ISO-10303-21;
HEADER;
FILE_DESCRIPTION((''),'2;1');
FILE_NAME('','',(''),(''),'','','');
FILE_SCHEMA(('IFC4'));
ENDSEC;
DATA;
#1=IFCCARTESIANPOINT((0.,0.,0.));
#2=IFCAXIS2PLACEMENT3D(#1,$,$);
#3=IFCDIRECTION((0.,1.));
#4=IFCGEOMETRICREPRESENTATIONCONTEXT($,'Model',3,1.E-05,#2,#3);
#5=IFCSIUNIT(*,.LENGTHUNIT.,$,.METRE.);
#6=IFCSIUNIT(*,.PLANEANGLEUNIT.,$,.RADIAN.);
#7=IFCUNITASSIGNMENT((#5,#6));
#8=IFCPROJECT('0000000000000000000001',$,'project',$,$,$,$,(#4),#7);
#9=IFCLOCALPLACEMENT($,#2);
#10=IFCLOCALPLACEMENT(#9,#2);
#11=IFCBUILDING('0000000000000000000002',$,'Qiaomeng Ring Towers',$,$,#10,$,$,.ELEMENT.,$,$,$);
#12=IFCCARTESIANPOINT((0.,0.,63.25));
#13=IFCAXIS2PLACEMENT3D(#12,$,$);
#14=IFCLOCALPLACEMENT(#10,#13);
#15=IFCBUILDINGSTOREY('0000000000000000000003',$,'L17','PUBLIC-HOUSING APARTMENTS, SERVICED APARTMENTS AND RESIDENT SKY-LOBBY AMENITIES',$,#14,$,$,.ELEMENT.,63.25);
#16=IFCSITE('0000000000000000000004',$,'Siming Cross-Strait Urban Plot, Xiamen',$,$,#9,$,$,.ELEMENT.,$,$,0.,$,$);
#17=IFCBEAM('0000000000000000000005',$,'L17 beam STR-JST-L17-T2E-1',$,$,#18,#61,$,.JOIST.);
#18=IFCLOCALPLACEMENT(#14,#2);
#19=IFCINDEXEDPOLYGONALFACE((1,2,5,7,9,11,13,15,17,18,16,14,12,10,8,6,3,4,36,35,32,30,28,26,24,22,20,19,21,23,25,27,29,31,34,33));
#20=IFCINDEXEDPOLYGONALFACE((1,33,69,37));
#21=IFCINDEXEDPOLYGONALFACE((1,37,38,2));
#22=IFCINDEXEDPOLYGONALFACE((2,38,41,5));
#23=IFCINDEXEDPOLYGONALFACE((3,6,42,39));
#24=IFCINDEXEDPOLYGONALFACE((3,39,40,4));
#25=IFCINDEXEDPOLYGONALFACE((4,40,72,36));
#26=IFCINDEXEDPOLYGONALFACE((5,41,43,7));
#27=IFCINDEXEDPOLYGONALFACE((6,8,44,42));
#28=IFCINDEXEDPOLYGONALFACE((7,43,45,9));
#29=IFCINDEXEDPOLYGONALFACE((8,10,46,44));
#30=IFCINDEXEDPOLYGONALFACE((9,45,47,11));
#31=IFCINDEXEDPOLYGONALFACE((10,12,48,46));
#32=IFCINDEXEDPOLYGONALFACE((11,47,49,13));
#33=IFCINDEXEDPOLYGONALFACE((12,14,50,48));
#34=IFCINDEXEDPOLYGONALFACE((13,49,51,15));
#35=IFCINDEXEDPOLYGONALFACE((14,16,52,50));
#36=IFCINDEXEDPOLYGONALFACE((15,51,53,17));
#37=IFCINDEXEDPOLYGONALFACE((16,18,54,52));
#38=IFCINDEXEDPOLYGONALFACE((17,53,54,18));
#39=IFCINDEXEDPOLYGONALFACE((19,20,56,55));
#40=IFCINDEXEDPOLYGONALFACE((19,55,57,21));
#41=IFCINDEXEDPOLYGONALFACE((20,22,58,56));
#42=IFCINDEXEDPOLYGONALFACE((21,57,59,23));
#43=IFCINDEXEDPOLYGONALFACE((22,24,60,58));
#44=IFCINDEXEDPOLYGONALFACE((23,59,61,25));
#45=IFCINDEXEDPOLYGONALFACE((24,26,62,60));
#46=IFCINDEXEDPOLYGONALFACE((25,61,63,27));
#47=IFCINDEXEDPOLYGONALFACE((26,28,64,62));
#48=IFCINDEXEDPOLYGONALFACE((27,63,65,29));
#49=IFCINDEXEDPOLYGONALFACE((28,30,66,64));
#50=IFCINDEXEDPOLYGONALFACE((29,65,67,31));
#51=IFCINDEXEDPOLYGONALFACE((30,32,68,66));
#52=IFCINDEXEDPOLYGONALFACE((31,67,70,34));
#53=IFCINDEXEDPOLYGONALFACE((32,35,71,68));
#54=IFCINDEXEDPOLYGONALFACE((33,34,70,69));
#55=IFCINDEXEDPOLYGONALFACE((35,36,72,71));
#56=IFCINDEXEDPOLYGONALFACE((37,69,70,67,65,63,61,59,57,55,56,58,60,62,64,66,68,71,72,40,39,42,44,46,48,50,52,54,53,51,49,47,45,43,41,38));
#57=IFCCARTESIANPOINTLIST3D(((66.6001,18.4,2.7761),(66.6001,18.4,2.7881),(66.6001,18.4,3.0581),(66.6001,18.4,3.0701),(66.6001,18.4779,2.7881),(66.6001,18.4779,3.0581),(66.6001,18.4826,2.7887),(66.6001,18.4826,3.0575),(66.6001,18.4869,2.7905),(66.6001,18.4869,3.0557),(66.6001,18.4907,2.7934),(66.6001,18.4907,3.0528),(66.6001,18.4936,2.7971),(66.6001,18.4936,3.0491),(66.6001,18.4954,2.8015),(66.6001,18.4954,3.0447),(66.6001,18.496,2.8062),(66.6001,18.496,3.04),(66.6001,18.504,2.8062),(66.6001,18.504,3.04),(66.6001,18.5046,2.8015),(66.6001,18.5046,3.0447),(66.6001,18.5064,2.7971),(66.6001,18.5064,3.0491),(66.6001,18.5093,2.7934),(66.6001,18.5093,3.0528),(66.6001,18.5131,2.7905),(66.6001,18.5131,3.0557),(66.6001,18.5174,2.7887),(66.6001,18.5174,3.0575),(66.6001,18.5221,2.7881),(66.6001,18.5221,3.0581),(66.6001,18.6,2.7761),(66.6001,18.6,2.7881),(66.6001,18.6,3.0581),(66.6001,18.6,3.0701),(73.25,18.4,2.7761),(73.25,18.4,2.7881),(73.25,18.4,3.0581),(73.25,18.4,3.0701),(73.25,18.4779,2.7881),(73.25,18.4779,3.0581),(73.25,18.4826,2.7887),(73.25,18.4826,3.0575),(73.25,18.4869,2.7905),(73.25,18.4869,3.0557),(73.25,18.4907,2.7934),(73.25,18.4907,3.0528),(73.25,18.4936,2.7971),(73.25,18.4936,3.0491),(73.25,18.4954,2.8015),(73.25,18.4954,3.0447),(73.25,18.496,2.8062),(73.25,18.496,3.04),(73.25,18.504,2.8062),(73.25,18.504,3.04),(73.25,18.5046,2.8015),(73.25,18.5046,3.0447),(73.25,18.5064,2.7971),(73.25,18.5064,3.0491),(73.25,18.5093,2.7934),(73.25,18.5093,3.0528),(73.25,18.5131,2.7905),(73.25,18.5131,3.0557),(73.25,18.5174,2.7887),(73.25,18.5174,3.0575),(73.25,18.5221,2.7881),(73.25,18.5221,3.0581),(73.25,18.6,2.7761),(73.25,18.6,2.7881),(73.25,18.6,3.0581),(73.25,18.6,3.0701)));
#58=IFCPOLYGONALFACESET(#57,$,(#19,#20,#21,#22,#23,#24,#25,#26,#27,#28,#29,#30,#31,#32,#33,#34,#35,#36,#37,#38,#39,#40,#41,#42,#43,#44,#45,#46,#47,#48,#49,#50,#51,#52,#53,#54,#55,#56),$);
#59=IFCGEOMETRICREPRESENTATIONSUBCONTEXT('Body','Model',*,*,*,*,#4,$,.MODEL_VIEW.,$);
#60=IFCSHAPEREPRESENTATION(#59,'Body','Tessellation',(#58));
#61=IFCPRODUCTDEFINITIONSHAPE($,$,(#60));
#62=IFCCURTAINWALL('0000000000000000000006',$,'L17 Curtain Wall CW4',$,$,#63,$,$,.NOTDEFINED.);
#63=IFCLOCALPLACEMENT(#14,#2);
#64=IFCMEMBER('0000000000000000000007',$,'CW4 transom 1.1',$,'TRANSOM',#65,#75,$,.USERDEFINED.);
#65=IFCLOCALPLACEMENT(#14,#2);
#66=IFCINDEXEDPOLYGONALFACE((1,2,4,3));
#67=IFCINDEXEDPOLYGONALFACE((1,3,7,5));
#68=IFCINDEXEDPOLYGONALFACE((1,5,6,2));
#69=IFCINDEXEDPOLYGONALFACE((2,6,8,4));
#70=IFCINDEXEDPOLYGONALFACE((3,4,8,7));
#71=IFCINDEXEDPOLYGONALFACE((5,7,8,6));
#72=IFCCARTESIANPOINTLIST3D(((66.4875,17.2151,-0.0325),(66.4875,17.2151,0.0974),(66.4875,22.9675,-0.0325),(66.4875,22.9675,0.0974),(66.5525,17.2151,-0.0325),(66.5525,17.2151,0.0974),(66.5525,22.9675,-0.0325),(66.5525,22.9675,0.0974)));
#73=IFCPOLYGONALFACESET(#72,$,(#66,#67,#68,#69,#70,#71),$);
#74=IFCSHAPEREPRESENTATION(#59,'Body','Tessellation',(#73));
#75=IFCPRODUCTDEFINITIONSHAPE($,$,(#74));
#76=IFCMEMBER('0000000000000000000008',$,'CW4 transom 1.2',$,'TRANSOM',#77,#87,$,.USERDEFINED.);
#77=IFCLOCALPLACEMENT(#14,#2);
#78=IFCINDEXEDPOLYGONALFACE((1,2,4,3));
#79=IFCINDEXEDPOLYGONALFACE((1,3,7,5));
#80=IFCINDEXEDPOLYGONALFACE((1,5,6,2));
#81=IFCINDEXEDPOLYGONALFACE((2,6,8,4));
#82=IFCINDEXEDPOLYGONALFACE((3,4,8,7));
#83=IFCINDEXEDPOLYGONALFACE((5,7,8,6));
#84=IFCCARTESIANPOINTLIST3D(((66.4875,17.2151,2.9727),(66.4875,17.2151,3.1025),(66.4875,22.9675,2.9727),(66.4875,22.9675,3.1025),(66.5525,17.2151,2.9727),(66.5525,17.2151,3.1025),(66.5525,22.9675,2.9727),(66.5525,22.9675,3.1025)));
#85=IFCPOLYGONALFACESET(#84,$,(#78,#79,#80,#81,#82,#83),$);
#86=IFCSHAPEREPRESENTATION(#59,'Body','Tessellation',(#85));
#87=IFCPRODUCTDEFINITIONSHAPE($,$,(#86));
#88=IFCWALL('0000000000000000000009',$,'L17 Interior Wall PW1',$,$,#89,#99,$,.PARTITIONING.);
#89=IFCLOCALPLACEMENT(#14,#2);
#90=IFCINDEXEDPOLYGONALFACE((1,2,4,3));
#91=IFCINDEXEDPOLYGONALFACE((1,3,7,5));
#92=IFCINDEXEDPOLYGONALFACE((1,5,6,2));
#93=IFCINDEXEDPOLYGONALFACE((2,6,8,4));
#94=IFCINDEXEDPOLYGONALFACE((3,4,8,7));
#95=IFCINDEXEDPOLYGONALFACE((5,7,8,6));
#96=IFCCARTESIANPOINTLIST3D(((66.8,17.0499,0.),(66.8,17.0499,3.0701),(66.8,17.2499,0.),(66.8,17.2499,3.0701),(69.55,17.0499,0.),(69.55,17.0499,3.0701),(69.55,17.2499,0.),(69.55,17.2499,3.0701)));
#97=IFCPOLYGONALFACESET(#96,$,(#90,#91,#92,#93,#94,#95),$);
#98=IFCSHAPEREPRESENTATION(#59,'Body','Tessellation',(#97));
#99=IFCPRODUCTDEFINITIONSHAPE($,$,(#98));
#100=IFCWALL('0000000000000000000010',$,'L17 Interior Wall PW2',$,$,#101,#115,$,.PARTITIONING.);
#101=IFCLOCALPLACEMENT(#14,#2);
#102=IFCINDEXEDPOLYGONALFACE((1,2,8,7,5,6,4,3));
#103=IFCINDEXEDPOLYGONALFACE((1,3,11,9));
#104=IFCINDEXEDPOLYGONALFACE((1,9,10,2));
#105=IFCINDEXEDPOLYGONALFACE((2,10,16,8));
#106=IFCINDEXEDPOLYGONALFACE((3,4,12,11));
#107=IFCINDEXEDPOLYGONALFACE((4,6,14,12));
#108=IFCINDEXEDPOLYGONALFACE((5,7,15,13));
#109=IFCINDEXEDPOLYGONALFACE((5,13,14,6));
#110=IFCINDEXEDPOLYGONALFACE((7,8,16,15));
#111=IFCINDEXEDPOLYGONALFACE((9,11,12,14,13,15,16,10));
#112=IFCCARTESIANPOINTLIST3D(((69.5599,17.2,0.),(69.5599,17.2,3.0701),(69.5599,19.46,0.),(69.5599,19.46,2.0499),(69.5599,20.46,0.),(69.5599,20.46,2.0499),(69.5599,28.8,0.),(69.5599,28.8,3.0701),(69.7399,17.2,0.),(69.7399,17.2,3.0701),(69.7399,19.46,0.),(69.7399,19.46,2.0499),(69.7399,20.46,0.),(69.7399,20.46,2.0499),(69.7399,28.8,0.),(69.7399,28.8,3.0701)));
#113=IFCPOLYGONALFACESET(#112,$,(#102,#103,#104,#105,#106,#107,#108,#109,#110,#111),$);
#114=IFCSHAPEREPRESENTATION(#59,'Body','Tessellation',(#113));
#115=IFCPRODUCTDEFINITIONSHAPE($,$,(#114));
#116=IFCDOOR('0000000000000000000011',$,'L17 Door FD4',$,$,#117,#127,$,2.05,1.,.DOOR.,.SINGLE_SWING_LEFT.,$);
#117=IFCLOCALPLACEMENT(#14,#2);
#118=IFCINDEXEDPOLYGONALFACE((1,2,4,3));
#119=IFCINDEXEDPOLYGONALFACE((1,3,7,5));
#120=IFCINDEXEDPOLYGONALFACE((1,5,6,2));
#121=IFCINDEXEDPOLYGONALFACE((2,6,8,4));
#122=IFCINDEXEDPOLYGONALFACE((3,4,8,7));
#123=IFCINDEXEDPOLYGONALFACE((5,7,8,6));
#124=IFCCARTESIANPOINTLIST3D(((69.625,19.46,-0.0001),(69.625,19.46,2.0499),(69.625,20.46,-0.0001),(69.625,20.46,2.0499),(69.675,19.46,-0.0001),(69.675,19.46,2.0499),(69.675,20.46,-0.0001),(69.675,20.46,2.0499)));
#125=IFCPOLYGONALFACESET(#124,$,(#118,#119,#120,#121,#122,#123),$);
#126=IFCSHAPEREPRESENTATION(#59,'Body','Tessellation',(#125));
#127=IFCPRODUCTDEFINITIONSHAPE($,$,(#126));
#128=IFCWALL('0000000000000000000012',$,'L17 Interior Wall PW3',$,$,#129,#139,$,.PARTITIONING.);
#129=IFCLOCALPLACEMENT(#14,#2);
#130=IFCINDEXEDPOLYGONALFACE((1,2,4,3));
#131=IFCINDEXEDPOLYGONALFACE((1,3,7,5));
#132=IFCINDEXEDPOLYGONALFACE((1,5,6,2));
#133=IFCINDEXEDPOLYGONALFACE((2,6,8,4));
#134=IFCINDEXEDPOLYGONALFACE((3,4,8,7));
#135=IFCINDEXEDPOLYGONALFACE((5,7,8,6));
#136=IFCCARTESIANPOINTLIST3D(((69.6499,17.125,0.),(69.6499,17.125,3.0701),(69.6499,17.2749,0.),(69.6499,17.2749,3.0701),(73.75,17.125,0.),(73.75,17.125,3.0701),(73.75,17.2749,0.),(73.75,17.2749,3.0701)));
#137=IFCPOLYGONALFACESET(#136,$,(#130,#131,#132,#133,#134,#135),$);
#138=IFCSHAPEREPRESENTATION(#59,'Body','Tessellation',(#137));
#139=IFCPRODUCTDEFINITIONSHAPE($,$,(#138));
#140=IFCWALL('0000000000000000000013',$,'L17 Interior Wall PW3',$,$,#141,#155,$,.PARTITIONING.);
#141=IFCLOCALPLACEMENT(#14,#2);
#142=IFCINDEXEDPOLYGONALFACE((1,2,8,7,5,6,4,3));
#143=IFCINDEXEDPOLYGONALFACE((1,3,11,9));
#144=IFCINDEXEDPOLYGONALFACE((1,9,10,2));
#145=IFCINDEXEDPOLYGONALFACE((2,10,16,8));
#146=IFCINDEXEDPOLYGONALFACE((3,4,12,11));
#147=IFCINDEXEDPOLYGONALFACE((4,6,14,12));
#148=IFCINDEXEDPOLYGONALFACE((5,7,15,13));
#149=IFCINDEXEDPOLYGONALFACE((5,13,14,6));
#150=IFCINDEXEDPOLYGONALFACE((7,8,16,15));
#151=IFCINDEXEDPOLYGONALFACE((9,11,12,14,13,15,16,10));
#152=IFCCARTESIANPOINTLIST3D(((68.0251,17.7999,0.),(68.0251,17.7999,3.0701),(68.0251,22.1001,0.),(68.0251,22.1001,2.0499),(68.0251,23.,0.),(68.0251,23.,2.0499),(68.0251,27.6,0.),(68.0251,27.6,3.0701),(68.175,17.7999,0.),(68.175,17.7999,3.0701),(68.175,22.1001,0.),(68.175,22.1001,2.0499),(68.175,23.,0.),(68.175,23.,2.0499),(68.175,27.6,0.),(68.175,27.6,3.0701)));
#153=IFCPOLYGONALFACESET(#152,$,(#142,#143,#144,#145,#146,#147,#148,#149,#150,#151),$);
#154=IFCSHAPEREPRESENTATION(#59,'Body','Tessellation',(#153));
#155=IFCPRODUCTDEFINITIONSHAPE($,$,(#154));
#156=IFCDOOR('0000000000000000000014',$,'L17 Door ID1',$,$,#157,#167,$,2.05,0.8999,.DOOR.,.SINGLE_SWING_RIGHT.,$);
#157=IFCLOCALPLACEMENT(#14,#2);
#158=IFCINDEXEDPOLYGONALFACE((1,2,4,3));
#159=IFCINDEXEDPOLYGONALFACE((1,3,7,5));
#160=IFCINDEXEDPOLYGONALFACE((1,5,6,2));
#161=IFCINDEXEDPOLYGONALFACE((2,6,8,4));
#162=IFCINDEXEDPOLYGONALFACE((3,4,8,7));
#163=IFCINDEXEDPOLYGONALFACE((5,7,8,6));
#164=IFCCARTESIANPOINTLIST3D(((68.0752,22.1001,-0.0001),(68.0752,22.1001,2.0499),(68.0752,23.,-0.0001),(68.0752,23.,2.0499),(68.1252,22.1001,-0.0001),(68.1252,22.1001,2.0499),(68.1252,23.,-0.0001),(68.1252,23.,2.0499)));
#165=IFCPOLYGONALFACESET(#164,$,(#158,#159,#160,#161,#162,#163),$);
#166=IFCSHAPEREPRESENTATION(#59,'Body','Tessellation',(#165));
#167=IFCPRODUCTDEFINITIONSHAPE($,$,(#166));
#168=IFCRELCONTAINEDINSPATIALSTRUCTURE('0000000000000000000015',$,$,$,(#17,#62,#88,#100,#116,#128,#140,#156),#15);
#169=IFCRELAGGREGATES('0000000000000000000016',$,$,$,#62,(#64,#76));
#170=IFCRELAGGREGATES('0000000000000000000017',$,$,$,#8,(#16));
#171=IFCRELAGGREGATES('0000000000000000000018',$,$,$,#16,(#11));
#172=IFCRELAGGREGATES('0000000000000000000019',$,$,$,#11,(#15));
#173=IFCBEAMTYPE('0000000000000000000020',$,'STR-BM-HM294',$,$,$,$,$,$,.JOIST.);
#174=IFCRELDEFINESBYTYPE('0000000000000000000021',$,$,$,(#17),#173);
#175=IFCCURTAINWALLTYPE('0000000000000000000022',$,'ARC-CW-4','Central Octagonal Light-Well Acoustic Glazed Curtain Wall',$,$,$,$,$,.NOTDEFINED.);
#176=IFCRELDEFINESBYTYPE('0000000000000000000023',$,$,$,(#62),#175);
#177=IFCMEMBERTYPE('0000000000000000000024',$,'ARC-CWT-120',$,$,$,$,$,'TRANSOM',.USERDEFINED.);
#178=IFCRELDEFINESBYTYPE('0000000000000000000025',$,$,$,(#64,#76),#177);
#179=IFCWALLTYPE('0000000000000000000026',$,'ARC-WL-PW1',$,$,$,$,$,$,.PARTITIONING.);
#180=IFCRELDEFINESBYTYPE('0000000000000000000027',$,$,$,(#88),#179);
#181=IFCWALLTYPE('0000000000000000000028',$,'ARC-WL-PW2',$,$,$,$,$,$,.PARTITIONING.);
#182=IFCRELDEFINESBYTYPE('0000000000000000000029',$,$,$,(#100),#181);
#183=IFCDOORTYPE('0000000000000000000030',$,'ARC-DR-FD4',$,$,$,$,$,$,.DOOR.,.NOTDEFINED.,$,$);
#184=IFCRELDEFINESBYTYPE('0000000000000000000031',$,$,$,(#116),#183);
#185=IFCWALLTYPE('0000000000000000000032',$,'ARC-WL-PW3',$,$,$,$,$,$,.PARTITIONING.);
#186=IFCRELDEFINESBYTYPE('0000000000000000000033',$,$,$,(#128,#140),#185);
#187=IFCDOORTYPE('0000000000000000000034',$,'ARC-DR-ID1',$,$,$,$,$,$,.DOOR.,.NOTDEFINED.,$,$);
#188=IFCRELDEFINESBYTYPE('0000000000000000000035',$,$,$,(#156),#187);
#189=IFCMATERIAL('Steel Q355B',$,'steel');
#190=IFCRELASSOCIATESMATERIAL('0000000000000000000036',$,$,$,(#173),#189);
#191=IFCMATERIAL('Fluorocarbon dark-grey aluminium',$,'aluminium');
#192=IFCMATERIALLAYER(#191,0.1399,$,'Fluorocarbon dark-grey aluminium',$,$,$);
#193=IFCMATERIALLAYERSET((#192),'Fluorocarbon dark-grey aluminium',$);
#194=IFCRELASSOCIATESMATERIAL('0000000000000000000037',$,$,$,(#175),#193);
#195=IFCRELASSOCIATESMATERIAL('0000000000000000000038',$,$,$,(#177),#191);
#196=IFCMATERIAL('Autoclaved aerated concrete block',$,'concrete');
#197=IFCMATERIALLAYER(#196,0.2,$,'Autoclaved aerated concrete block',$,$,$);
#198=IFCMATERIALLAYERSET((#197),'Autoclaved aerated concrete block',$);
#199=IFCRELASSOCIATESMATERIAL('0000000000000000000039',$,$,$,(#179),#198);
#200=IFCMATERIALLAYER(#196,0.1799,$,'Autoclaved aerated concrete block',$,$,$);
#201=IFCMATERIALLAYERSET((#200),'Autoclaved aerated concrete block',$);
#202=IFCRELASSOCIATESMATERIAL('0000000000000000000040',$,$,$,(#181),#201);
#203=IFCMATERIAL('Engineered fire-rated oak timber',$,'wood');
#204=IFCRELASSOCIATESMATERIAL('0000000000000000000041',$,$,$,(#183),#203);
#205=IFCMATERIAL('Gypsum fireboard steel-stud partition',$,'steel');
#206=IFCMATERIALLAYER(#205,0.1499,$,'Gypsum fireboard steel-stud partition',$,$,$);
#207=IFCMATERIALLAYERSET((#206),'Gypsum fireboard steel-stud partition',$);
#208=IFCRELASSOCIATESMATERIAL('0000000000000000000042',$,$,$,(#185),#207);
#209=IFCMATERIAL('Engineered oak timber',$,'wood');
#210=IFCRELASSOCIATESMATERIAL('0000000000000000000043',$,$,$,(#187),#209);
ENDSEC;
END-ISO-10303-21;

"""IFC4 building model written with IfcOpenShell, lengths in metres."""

from ifc_helpers import new_model, si_unit, direction, frame, frame_2d, origin, origin_2d, place, context, subcontext, project, spatial, rectangle, i_section, extrude, source, transform, mapped, material, layer, layer_set, material_profile, profile_set, type_object, element, fill, aggregate, save


model = new_model("IFC4")

# Units and contexts
model_context = context("Model", 3, precision=1e-05, world=origin(), true_north=direction((0.0, 1.0)))
body_context = subcontext(model_context, "Body", "Model", "MODEL_VIEW")
ifc_project = project(units=[si_unit("LENGTHUNIT", "METRE"), si_unit("PLANEANGLEUNIT", "RADIAN")], contexts=[model_context])

# Site, building, storey
site_placement = place(None, origin())
site = spatial("IfcSite", under=ifc_project, at=site_placement, Name="Siming Cross-Strait Urban Plot, Xiamen", CompositionType="ELEMENT", RefElevation=0.0)
building_placement = place(site_placement, origin())
building = spatial("IfcBuilding", under=site, at=building_placement, Name="Qiaomeng Ring Towers", CompositionType="ELEMENT")
storey_placement = place(building_placement, frame((0.0, 0.0, 63.25)))
storey = spatial("IfcBuildingStorey", under=building, at=storey_placement, Name="L17", Description="PUBLIC-HOUSING APARTMENTS, SERVICED APARTMENTS AND RESIDENT SKY-LOBBY AMENITIES", CompositionType="ELEMENT", Elevation=63.25)

# Beam
ifc_material_1 = material(Name="Steel Q355B", Category="steel")
ifc_material_profile_1 = material_profile(ifc_material_1, i_section(OverallWidth=0.2, OverallDepth=0.2939, WebThickness=0.0081, FlangeThickness=0.012, FilletRadius=0.0181, at=origin_2d()), Name="HM 294x200x8x12")
ifc_profile_set_1 = profile_set([ifc_material_profile_1], Name="Steel Q355B")
beam_type_1 = type_object("IfcBeamType", Name="STR-BM-HM294", PredefinedType="JOIST", material=ifc_profile_set_1)
shared_shape_1 = source(origin(), body_context, "Body", "SweptSolid", [
    extrude(i_section(OverallWidth=0.2, OverallDepth=0.2939, WebThickness=0.0081, FlangeThickness=0.012, FilletRadius=0.0181, at=origin_2d()), origin(), (0.0, 0.0, 1.0), 6.6499),
])
beam_1_placement = place(storey_placement, frame((66.6001, 18.5, 2.9231), z_axis=(1.0, 0.0, 0.0), x_axis=(0.0, 1.0, 0.0)))
element("IfcBeam", 1, at=beam_1_placement, inside=storey, type_object=beam_type_1, Name="L17 beam STR-JST-L17-T2E-1", PredefinedType="JOIST", context=body_context, shape_type="MappedRepresentation", body=[
    mapped(shared_shape_1, transform((0.0, 0.0, 0.0), x_axis=(1.0, 0.0, 0.0), y_axis=(0.0, 1.0, 0.0), z_axis=(0.0, 0.0, 1.0), scale=1.0)),
])

# Curtain wall, members
ifc_material_2 = material(Name="Fluorocarbon dark-grey aluminium", Category="aluminium")
ifc_layer_1 = layer(ifc_material_2, 0.1399, Name="Fluorocarbon dark-grey aluminium")
ifc_layer_set_1 = layer_set([ifc_layer_1], Name="Fluorocarbon dark-grey aluminium")
curtain_wall_type = type_object("IfcCurtainWallType", Name="ARC-CW-4", Description="Central Octagonal Light-Well Acoustic Glazed Curtain Wall", PredefinedType="NOTDEFINED", material=ifc_layer_set_1)
curtain_wall_placement = place(storey_placement, origin())
curtain_wall = element("IfcCurtainWall", 2, at=curtain_wall_placement, inside=storey, type_object=curtain_wall_type, Name="L17 Curtain Wall CW4", PredefinedType="NOTDEFINED")
ifc_material_profile_2 = material_profile(ifc_material_2, rectangle(XDim=0.0649, YDim=0.1299, at=origin_2d()), Name="ALU TRAN 65x130")
ifc_profile_set_2 = profile_set([ifc_material_profile_2], Name="Fluorocarbon dark-grey aluminium")
member_type = type_object("IfcMemberType", Name="ARC-CWT-120", ElementType="TRANSOM", PredefinedType="USERDEFINED", material=ifc_profile_set_2)
shared_shape_2 = source(origin(), body_context, "Body", "SweptSolid", [
    extrude(rectangle(XDim=0.0649, YDim=0.1299, at=origin_2d()), origin(), (0.0, 0.0, 1.0), 5.7524),
])
member_1_placement = place(storey_placement, frame((66.52, 17.2151, 0.0325), z_axis=(0.0, 1.0, 0.0), x_axis=(-1.0, 0.0, 0.0)))
member_1 = element("IfcMember", 3, at=member_1_placement, type_object=member_type, Name="CW4 transom 1.1", ObjectType="TRANSOM", PredefinedType="USERDEFINED", context=body_context, shape_type="MappedRepresentation", body=[
    mapped(shared_shape_2, transform((0.0, 0.0, 0.0), x_axis=(1.0, 0.0, 0.0), y_axis=(0.0, 1.0, 0.0), z_axis=(0.0, 0.0, 1.0), scale=1.0)),
])
member_2_placement = place(storey_placement, frame((66.52, 17.2151, 3.0376), z_axis=(0.0, 1.0, 0.0), x_axis=(-1.0, 0.0, 0.0)))
member_2 = element("IfcMember", 4, at=member_2_placement, type_object=member_type, Name="CW4 transom 1.2", ObjectType="TRANSOM", PredefinedType="USERDEFINED", context=body_context, shape_type="MappedRepresentation", body=[
    mapped(shared_shape_2, transform((0.0, 0.0, 0.0), x_axis=(1.0, 0.0, 0.0), y_axis=(0.0, 1.0, 0.0), z_axis=(0.0, 0.0, 1.0), scale=1.0)),
])
aggregate(curtain_wall, [member_1, member_2])

# Wall
ifc_material_3 = material(Name="Autoclaved aerated concrete block", Category="concrete")
ifc_layer_2 = layer(ifc_material_3, 0.2, Name="Autoclaved aerated concrete block")
ifc_layer_set_2 = layer_set([ifc_layer_2], Name="Autoclaved aerated concrete block")
wall_type_1 = type_object("IfcWallType", Name="ARC-WL-PW1", PredefinedType="PARTITIONING", material=ifc_layer_set_2)
wall_1_placement = place(storey_placement, frame((66.8, 17.1499, 0.0), z_axis=(0.0, 0.0, 1.0), x_axis=(1.0, 0.0, 0.0)))
element("IfcWall", 5, at=wall_1_placement, inside=storey, type_object=wall_type_1, Name="L17 Interior Wall PW1", PredefinedType="PARTITIONING", context=body_context, shape_type="SweptSolid", body=[
    extrude(rectangle(XDim=2.75, YDim=0.2, at=frame_2d((1.375, 0.0))), origin(), (0.0, 0.0, 1.0), 3.0701),
])

# Wall, opening, door
ifc_layer_3 = layer(ifc_material_3, 0.1799, Name="Autoclaved aerated concrete block")
ifc_layer_set_3 = layer_set([ifc_layer_3], Name="Autoclaved aerated concrete block")
wall_type_2 = type_object("IfcWallType", Name="ARC-WL-PW2", PredefinedType="PARTITIONING", material=ifc_layer_set_3)
wall_2_placement = place(storey_placement, frame((69.6499, 17.2, 0.0), z_axis=(0.0, 0.0, 1.0), x_axis=(0.0, 1.0, 0.0)))
wall_2 = element("IfcWall", 6, at=wall_2_placement, inside=storey, type_object=wall_type_2, Name="L17 Interior Wall PW2", PredefinedType="PARTITIONING", context=body_context, shape_type="SweptSolid", body=[
    extrude(rectangle(XDim=11.6001, YDim=0.1799, at=frame_2d((5.8, 0.0))), origin(), (0.0, 0.0, 1.0), 3.0701),
])
opening_1_placement = place(wall_2_placement, frame((2.26, 0.0, 0.0)))
opening_1 = element("IfcOpeningElement", 7, at=opening_1_placement, cuts=wall_2, PredefinedType="OPENING", context=body_context, shape_type="SweptSolid", body=[
    extrude(rectangle(XDim=1.0, YDim=2.05, at=frame_2d((0.5, 1.0249))), frame((0.0, 0.0999, 0.0), z_axis=(0.0, -1.0, 0.0), x_axis=(1.0, 0.0, 0.0)), (0.0, 0.0, 1.0), 0.2),
])
ifc_material_4 = material(Name="Engineered fire-rated oak timber", Category="wood")
door_type_1 = type_object("IfcDoorType", Name="ARC-DR-FD4", OperationType="NOTDEFINED", PredefinedType="DOOR", material=ifc_material_4)
shared_shape_3 = source(origin(), body_context, "Body", "SweptSolid", [
    extrude(rectangle(XDim=1.0, YDim=2.05, at=frame_2d((0.5, 1.0249))), frame((0.0, 0.0249, 0.0), z_axis=(0.0, -1.0, 0.0), x_axis=(1.0, 0.0, 0.0)), (0.0, 0.0, 1.0), 0.05),
])
door_1_placement = place(opening_1_placement, origin())
door_1 = element("IfcDoor", 8, at=door_1_placement, inside=storey, type_object=door_type_1, Name="L17 Door FD4", OperationType="SINGLE_SWING_LEFT", OverallHeight=2.05, OverallWidth=1.0, PredefinedType="DOOR", context=body_context, shape_type="MappedRepresentation", body=[
    mapped(shared_shape_3, transform((0.0, 0.0, 0.0), x_axis=(1.0, 0.0, 0.0), y_axis=(0.0, 1.0, 0.0), z_axis=(0.0, 0.0, 1.0), scale=1.0)),
])
fill(opening_1, door_1)

# Wall
ifc_material_5 = material(Name="Gypsum fireboard steel-stud partition", Category="steel")
ifc_layer_4 = layer(ifc_material_5, 0.1499, Name="Gypsum fireboard steel-stud partition")
ifc_layer_set_4 = layer_set([ifc_layer_4], Name="Gypsum fireboard steel-stud partition")
wall_type_3 = type_object("IfcWallType", Name="ARC-WL-PW3", PredefinedType="PARTITIONING", material=ifc_layer_set_4)
wall_3_placement = place(storey_placement, frame((69.6499, 17.2, 0.0), z_axis=(0.0, 0.0, 1.0), x_axis=(1.0, 0.0, 0.0)))
element("IfcWall", 9, at=wall_3_placement, inside=storey, type_object=wall_type_3, Name="L17 Interior Wall PW3", PredefinedType="PARTITIONING", context=body_context, shape_type="SweptSolid", body=[
    extrude(rectangle(XDim=4.1001, YDim=0.1499, at=frame_2d((2.05, 0.0))), origin(), (0.0, 0.0, 1.0), 3.0701),
])

# Wall, opening, door
wall_4_placement = place(storey_placement, frame((68.1001, 17.8, 0.0), z_axis=(0.0, 0.0, 1.0), x_axis=(0.0, 1.0, 0.0)))
wall_4 = element("IfcWall", 10, at=wall_4_placement, inside=storey, type_object=wall_type_3, Name="L17 Interior Wall PW3", PredefinedType="PARTITIONING", context=body_context, shape_type="SweptSolid", body=[
    extrude(rectangle(XDim=9.8, YDim=0.1499, at=frame_2d((4.8999, 0.0))), origin(), (0.0, 0.0, 1.0), 3.0701),
])
opening_2_placement = place(wall_4_placement, frame((4.3, 0.0, 0.0)))
opening_2 = element("IfcOpeningElement", 11, at=opening_2_placement, cuts=wall_4, PredefinedType="OPENING", context=body_context, shape_type="SweptSolid", body=[
    extrude(rectangle(XDim=0.8999, YDim=2.05, at=frame_2d((0.45, 1.0249))), frame((0.0, 0.085, 0.0), z_axis=(0.0, -1.0, 0.0), x_axis=(1.0, 0.0, 0.0)), (0.0, 0.0, 1.0), 0.1699),
])
ifc_material_6 = material(Name="Engineered oak timber", Category="wood")
door_type_2 = type_object("IfcDoorType", Name="ARC-DR-ID1", OperationType="NOTDEFINED", PredefinedType="DOOR", material=ifc_material_6)
shared_shape_4 = source(origin(), body_context, "Body", "SweptSolid", [
    extrude(rectangle(XDim=0.8999, YDim=2.05, at=frame_2d((0.45, 1.0249))), frame((0.0, 0.0249, 0.0), z_axis=(0.0, -1.0, 0.0), x_axis=(1.0, 0.0, 0.0)), (0.0, 0.0, 1.0), 0.05),
])
door_2_placement = place(opening_2_placement, origin())
door_2 = element("IfcDoor", 12, at=door_2_placement, inside=storey, type_object=door_type_2, Name="L17 Door ID1", OperationType="SINGLE_SWING_RIGHT", OverallHeight=2.05, OverallWidth=0.8999, PredefinedType="DOOR", context=body_context, shape_type="MappedRepresentation", body=[
    mapped(shared_shape_4, transform((0.0, 0.0, 0.0), x_axis=(1.0, 0.0, 0.0), y_axis=(0.0, 1.0, 0.0), z_axis=(0.0, 0.0, 1.0), scale=1.0)),
])
fill(opening_2, door_2)

save(model, "model.ifc")
